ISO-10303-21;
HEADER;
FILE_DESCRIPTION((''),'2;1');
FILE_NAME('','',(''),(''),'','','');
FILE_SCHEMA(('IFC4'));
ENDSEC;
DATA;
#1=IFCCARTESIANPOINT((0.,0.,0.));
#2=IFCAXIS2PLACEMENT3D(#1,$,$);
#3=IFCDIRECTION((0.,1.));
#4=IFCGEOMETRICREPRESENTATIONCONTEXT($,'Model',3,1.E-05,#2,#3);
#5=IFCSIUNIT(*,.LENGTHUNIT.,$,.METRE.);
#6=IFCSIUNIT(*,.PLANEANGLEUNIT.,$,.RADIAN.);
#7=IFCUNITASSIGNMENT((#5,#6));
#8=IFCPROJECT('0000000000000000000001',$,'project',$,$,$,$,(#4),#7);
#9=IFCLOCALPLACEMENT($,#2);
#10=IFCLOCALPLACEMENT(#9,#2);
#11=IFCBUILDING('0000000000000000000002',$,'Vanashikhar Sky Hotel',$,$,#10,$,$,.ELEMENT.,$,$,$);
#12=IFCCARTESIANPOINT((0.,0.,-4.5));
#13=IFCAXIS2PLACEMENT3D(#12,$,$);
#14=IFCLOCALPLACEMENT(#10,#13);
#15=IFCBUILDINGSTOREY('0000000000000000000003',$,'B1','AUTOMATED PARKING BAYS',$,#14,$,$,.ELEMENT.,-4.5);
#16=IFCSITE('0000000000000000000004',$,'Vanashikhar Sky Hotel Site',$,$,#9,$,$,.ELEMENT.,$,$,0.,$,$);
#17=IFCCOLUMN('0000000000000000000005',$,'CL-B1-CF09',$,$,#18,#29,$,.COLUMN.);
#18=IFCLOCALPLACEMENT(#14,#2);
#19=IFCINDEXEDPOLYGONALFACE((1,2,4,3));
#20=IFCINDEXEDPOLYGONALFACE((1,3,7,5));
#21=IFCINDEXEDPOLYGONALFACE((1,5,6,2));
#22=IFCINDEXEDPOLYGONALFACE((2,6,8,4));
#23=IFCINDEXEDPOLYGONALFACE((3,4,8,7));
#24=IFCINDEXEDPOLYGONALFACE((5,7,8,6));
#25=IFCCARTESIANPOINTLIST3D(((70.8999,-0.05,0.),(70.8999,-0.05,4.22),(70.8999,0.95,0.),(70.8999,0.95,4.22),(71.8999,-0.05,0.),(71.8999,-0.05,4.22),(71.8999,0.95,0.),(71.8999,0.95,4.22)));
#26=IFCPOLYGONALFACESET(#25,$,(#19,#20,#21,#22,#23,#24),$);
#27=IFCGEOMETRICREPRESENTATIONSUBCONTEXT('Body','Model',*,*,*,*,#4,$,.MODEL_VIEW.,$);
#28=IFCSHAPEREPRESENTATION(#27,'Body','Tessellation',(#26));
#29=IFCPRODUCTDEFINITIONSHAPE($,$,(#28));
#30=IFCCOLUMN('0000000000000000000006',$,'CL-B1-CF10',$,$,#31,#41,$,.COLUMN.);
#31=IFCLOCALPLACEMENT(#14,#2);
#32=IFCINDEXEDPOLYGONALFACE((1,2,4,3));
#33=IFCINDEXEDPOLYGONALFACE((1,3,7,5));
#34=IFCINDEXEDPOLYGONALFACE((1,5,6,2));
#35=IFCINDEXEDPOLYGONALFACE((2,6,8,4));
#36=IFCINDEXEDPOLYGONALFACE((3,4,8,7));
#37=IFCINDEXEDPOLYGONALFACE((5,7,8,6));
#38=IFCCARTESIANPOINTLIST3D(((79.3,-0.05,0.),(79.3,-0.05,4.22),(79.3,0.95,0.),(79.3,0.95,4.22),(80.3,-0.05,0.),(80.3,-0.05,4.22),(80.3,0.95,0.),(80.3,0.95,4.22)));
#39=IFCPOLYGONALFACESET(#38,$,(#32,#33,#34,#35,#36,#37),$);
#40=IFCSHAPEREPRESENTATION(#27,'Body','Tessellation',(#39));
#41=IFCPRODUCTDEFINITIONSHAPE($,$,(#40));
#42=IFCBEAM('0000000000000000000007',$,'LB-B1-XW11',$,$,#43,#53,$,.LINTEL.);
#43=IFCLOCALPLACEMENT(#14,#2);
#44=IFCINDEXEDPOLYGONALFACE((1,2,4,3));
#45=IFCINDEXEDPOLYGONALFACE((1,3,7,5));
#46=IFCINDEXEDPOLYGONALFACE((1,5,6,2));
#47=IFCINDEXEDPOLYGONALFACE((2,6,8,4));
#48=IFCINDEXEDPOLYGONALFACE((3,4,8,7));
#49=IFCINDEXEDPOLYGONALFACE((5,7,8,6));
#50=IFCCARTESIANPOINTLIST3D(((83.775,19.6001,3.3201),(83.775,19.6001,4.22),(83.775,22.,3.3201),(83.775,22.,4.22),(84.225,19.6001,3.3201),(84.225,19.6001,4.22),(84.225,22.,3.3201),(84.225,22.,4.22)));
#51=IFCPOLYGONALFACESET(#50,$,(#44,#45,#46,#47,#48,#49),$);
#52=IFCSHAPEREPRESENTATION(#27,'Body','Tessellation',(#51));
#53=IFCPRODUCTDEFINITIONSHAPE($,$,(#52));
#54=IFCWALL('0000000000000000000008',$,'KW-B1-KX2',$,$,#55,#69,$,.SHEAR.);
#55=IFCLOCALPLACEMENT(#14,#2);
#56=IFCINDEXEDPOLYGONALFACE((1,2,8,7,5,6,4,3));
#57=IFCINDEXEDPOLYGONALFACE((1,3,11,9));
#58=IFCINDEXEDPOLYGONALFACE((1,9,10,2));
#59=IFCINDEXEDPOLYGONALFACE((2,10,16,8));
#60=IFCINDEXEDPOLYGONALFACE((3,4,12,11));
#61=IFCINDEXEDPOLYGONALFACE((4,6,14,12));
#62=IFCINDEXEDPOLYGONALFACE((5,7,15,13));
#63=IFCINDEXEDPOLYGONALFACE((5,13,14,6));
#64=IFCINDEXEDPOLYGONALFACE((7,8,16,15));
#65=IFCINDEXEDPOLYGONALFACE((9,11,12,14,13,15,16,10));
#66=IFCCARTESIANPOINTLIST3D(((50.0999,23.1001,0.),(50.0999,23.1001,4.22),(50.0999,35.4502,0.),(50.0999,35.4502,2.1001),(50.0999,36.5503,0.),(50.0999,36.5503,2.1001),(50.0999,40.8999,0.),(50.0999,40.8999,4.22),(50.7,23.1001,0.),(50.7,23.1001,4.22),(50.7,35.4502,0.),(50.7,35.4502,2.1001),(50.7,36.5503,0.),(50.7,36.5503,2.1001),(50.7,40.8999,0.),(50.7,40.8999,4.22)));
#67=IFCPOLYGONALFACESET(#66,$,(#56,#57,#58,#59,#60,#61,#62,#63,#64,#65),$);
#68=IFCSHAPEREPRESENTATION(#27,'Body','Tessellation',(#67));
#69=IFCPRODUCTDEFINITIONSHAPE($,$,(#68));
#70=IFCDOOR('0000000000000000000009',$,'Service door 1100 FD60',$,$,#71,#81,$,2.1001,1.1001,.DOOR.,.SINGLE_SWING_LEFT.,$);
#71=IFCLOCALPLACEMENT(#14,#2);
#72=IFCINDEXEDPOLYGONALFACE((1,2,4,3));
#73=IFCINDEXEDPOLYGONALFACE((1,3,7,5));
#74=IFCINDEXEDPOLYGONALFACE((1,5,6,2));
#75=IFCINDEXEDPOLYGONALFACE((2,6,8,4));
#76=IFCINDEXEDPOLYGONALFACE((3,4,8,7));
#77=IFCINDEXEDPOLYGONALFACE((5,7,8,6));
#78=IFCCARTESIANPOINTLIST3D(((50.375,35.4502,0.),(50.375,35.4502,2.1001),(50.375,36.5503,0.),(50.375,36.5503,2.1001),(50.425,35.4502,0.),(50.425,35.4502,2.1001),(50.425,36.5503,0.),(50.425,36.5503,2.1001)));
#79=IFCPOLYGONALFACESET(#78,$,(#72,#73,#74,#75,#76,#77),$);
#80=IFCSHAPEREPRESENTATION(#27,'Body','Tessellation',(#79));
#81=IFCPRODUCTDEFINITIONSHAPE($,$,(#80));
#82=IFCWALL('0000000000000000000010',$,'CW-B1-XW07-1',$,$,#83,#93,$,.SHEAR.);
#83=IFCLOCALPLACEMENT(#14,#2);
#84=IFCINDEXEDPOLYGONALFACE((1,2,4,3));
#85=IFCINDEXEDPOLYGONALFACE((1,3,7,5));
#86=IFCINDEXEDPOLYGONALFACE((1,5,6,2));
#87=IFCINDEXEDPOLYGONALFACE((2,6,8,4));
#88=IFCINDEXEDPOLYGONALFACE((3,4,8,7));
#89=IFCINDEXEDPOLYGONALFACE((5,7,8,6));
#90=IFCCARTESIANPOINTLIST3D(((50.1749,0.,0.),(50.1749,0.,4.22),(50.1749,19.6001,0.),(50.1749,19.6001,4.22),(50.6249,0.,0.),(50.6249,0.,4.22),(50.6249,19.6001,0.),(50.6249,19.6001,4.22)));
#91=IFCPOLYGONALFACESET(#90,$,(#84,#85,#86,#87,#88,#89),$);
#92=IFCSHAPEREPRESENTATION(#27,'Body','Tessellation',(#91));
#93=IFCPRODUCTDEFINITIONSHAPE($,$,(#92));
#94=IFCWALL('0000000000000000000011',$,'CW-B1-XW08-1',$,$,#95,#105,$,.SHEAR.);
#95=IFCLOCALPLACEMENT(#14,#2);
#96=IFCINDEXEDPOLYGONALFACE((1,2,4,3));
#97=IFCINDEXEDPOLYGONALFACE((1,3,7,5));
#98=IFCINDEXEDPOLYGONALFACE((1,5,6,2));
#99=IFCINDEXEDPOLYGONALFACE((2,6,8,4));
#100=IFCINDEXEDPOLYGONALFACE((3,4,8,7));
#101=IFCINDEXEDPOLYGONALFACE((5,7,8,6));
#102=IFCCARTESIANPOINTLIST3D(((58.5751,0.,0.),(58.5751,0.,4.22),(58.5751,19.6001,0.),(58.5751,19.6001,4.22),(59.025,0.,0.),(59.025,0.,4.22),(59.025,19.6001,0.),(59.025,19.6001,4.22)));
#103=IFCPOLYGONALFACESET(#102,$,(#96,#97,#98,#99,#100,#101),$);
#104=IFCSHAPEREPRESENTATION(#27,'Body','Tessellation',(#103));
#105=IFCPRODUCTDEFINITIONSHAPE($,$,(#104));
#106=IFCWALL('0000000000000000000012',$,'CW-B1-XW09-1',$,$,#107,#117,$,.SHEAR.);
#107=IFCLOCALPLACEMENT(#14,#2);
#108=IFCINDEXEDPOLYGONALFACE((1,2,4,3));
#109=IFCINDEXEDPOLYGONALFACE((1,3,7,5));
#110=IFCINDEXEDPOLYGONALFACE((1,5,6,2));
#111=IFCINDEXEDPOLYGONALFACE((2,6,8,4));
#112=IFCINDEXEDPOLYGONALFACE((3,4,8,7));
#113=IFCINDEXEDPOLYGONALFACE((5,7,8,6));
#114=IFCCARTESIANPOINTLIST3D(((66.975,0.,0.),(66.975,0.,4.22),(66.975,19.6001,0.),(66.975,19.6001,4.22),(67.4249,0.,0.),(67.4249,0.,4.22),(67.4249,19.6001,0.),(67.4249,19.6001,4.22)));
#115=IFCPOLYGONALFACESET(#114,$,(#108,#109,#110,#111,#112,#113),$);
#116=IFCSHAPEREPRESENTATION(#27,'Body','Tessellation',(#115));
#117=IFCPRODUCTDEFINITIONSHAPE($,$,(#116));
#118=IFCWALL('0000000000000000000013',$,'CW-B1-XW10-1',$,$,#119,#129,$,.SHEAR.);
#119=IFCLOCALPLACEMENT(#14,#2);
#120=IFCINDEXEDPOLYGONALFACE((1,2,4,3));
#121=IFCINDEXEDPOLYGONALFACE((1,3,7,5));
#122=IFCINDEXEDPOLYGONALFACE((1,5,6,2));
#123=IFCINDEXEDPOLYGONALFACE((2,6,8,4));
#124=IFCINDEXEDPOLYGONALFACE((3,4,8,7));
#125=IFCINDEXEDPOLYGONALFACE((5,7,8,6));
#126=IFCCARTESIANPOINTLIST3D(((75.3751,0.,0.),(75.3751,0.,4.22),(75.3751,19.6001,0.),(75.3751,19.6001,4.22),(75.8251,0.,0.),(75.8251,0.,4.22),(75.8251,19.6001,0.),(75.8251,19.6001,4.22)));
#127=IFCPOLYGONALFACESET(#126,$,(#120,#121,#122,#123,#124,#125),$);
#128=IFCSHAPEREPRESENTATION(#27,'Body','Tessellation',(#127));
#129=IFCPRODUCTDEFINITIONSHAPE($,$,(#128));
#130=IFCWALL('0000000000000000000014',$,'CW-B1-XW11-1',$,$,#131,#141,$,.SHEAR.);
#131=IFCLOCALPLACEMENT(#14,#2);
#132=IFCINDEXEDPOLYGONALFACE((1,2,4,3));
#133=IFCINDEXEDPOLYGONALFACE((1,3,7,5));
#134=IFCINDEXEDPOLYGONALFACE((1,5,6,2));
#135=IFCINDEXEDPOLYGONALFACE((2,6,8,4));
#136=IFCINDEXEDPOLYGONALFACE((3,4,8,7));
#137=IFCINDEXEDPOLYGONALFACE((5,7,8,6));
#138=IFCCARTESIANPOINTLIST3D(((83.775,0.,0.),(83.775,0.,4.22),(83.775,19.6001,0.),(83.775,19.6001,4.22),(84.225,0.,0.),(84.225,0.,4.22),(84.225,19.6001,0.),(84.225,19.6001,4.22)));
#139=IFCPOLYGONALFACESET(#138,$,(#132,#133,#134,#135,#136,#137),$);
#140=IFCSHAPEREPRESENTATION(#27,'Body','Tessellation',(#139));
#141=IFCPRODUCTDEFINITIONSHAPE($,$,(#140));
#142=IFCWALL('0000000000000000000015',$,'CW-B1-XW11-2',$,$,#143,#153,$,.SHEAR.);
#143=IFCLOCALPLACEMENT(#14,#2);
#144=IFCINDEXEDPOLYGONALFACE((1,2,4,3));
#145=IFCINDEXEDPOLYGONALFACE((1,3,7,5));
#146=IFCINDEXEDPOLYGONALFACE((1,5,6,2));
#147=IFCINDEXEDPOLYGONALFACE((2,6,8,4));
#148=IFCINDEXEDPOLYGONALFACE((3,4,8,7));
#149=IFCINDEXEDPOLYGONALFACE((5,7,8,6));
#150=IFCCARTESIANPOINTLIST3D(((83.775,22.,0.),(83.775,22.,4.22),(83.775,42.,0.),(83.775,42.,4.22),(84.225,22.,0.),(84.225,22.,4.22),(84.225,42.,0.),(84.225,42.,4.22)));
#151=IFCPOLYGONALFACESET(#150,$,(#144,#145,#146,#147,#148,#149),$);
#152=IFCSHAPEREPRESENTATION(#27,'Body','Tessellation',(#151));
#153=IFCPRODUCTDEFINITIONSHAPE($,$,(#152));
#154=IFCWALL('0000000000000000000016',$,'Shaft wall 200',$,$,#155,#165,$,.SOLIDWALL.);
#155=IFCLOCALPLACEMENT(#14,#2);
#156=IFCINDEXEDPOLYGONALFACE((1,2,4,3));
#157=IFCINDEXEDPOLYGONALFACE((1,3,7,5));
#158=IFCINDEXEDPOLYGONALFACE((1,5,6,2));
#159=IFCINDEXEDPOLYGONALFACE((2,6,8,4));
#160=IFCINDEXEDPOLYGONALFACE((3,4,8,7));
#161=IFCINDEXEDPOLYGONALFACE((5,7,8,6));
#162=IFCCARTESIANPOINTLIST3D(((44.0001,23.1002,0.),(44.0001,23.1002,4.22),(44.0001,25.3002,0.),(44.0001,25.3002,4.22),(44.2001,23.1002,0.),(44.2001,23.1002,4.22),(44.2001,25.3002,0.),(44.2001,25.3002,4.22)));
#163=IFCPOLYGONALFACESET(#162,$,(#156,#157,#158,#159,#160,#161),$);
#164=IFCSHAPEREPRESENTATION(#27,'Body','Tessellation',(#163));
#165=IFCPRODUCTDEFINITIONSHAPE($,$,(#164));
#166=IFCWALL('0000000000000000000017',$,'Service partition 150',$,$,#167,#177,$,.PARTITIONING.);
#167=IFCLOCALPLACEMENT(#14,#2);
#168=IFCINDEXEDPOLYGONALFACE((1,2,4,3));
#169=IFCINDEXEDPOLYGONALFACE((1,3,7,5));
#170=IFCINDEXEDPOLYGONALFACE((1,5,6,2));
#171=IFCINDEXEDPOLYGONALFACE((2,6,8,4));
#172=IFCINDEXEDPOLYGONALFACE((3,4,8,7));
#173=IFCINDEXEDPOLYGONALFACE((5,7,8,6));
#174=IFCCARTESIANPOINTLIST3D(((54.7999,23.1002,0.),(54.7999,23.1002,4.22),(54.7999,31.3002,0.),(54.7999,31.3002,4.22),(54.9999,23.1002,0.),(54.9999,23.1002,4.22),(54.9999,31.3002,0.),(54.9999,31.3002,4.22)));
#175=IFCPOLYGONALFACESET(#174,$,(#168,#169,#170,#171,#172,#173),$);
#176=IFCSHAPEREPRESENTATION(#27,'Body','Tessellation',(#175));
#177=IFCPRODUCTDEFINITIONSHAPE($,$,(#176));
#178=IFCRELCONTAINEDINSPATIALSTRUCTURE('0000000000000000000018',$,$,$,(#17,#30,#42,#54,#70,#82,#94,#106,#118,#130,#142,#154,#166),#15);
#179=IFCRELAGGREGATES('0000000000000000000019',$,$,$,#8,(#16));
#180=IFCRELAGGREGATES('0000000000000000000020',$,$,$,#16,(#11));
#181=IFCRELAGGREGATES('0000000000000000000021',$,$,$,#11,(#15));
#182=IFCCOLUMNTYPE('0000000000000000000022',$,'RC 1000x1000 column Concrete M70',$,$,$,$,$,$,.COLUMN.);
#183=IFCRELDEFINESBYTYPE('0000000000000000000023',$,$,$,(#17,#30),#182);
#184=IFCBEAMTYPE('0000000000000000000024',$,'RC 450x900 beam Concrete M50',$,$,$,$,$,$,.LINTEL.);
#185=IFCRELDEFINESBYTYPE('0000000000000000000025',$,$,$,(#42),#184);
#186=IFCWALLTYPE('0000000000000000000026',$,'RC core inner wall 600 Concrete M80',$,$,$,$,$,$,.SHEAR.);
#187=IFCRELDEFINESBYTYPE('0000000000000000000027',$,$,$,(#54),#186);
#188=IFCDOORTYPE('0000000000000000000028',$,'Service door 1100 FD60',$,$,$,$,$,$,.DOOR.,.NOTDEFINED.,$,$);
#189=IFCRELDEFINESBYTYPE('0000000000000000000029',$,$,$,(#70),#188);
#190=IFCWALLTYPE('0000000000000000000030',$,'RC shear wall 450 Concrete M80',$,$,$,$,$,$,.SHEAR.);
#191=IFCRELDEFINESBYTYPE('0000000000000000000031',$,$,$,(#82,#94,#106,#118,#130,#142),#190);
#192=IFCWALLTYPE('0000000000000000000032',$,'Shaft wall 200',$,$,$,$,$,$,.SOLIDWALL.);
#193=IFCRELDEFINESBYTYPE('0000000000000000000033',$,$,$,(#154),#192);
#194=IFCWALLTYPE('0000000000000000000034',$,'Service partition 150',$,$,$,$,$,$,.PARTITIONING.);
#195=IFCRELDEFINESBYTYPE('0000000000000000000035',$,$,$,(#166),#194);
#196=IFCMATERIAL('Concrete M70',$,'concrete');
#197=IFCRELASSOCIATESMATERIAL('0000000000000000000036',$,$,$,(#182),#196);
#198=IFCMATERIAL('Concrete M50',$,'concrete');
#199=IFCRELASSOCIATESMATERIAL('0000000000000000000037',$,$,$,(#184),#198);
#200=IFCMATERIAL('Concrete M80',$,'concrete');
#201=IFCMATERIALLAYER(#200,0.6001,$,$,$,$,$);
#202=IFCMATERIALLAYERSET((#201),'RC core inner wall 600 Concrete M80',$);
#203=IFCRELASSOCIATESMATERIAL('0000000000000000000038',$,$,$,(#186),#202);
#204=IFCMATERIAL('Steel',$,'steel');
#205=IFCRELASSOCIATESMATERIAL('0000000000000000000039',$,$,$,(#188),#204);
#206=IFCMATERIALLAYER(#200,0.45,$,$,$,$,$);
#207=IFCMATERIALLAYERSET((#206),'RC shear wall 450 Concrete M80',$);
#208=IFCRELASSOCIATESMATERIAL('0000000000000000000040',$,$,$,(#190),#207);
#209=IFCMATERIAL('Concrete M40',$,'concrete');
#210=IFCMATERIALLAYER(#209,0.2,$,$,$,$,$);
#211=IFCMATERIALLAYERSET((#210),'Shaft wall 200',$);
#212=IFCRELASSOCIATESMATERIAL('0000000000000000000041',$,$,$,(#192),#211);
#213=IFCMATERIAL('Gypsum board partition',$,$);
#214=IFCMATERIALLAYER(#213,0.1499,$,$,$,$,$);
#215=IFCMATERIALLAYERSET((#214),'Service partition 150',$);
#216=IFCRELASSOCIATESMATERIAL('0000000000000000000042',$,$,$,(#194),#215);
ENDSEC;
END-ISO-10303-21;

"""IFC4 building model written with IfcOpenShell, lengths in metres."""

from ifc_helpers import new_model, si_unit, direction, frame, frame_2d, origin, origin_2d, place, context, subcontext, project, spatial, rectangle, extrude, source, transform, mapped, material, layer, layer_set, material_profile, profile_set, type_object, element, fill, save


model = new_model("IFC4")

# Units and contexts
model_context = context("Model", 3, precision=1e-05, world=origin(), true_north=direction((0.0, 1.0)))
body_context = subcontext(model_context, "Body", "Model", "MODEL_VIEW")
ifc_project = project(units=[si_unit("LENGTHUNIT", "METRE"), si_unit("PLANEANGLEUNIT", "RADIAN")], contexts=[model_context])

# Site, building, storey
site_placement = place(None, origin())
site = spatial("IfcSite", under=ifc_project, at=site_placement, Name="Vanashikhar Sky Hotel Site", CompositionType="ELEMENT", RefElevation=0.0)
building_placement = place(site_placement, origin())
building = spatial("IfcBuilding", under=site, at=building_placement, Name="Vanashikhar Sky Hotel", CompositionType="ELEMENT")
storey_placement = place(building_placement, frame((0.0, 0.0, -4.5)))
storey = spatial("IfcBuildingStorey", under=building, at=storey_placement, Name="B1", Description="AUTOMATED PARKING BAYS", CompositionType="ELEMENT", Elevation=-4.5)

# Columns
ifc_material_1 = material(Name="Concrete M70", Category="concrete")
ifc_material_profile_1 = material_profile(ifc_material_1, rectangle(XDim=1.0, YDim=1.0, at=origin_2d()))
ifc_profile_set_1 = profile_set([ifc_material_profile_1], Name="RC 1000x1000 column Concrete M70")
column_type = type_object("IfcColumnType", Name="RC 1000x1000 column Concrete M70", PredefinedType="COLUMN", material=ifc_profile_set_1)
shared_shape_1 = source(origin(), body_context, "Body", "SweptSolid", [
    extrude(rectangle(XDim=1.0, YDim=1.0, at=origin_2d()), origin(), (0.0, 0.0, 1.0), 4.22),
])
for number, where, z_axis, x_axis, name in (
    (1, (71.3999, 0.45, 0.0), (0.0, 0.0, 1.0), (1.0, 0.0, 0.0), "CL-B1-CF09"),
    (2, (79.8, 0.45, 0.0), (0.0, 0.0, 1.0), (1.0, 0.0, 0.0), "CL-B1-CF10"),
):
    element("IfcColumn", number, at=place(storey_placement, frame(where, z_axis=z_axis, x_axis=x_axis)), inside=storey, type_object=column_type, Name=name, PredefinedType="COLUMN", context=body_context, shape_type="MappedRepresentation", body=[
        mapped(shared_shape_1, transform((0.0, 0.0, 0.0), scale=1.0)),
    ])

# Beam
ifc_material_2 = material(Name="Concrete M50", Category="concrete")
ifc_material_profile_2 = material_profile(ifc_material_2, rectangle(XDim=0.45, YDim=0.8999, at=origin_2d()))
ifc_profile_set_2 = profile_set([ifc_material_profile_2], Name="RC 450x900 beam Concrete M50")
beam_type = type_object("IfcBeamType", Name="RC 450x900 beam Concrete M50", PredefinedType="LINTEL", material=ifc_profile_set_2)
shared_shape_2 = source(origin(), body_context, "Body", "SweptSolid", [
    extrude(rectangle(XDim=0.45, YDim=0.8999, at=origin_2d()), origin(), (0.0, 0.0, 1.0), 2.3999),
])
beam_placement = place(storey_placement, frame((84.0, 19.6001, 3.77), z_axis=(0.0, 1.0, 0.0), x_axis=(-1.0, 0.0, 0.0)))
element("IfcBeam", 3, at=beam_placement, inside=storey, type_object=beam_type, Name="LB-B1-XW11", PredefinedType="LINTEL", context=body_context, shape_type="MappedRepresentation", body=[
    mapped(shared_shape_2, transform((0.0, 0.0, 0.0), scale=1.0)),
])

# Wall, opening, door
ifc_material_3 = material(Name="Concrete M80", Category="concrete")
ifc_layer_1 = layer(ifc_material_3, 0.6001)
ifc_layer_set_1 = layer_set([ifc_layer_1], Name="RC core inner wall 600 Concrete M80")
wall_type_1 = type_object("IfcWallType", Name="RC core inner wall 600 Concrete M80", PredefinedType="SHEAR", material=ifc_layer_set_1)
shared_shape_3 = source(origin(), body_context, "Body", "SweptSolid", [
    extrude(rectangle(XDim=17.7998, YDim=0.6001, at=frame_2d((8.8999, 0.0))), origin(), (0.0, 0.0, 1.0), 4.22),
])
wall_1_placement = place(storey_placement, frame((50.3999, 23.1001, 0.0), z_axis=(0.0, 0.0, 1.0), x_axis=(0.0, 1.0, 0.0)))
wall_1 = element("IfcWall", 4, at=wall_1_placement, inside=storey, type_object=wall_type_1, Name="KW-B1-KX2", PredefinedType="SHEAR", context=body_context, shape_type="MappedRepresentation", body=[
    mapped(shared_shape_3, transform((0.0, 0.0, 0.0), scale=1.0)),
])
shared_shape_4 = source(origin(), body_context, "Body", "SweptSolid", [
    extrude(rectangle(XDim=1.1001, YDim=2.1001, at=frame_2d((0.55, 1.05))), frame((0.0, 0.3101, 0.0), z_axis=(0.0, -1.0, 0.0), x_axis=(1.0, 0.0, 0.0)), (0.0, 0.0, 1.0), 0.6201),
])
opening_1_placement = place(wall_1_placement, frame((12.3501, 0.0, 0.0)))
opening_1 = element("IfcOpeningElement", 5, at=opening_1_placement, cuts=wall_1, PredefinedType="OPENING", context=body_context, shape_type="MappedRepresentation", body=[
    mapped(shared_shape_4, transform((0.0, 0.0, 0.0), scale=1.0)),
])
ifc_material_4 = material(Name="Steel", Category="steel")
door_type_1 = type_object("IfcDoorType", Name="Service door 1100 FD60", OperationType="NOTDEFINED", PredefinedType="DOOR", material=ifc_material_4)
shared_shape_5 = source(origin(), body_context, "Body", "SweptSolid", [
    extrude(rectangle(XDim=1.1001, YDim=2.1001, at=frame_2d((0.55, 1.05))), frame((0.0, 0.0249, 0.0), z_axis=(0.0, -1.0, 0.0), x_axis=(1.0, 0.0, 0.0)), (0.0, 0.0, 1.0), 0.05),
])
door_1_placement = place(opening_1_placement, origin())
door_1 = element("IfcDoor", 6, at=door_1_placement, inside=storey, type_object=door_type_1, Name="Service door 1100 FD60", OperationType="SINGLE_SWING_LEFT", OverallHeight=2.1001, OverallWidth=1.1001, PredefinedType="DOOR", context=body_context, shape_type="MappedRepresentation", body=[
    mapped(shared_shape_5, transform((0.0, 0.0, 0.0), scale=1.0)),
])
fill(opening_1, door_1)

# Walls
ifc_layer_2 = layer(ifc_material_3, 0.45)
ifc_layer_set_2 = layer_set([ifc_layer_2], Name="RC shear wall 450 Concrete M80")
wall_type_2 = type_object("IfcWallType", Name="RC shear wall 450 Concrete M80", PredefinedType="SHEAR", material=ifc_layer_set_2)
shared_shape_6 = source(origin(), body_context, "Body", "SweptSolid", [
    extrude(rectangle(XDim=19.6001, YDim=0.45, at=frame_2d((9.8, 0.0))), origin(), (0.0, 0.0, 1.0), 4.22),
])
for number, where, z_axis, x_axis, name in (
    (7, (50.3999, 0.0, 0.0), (0.0, 0.0, 1.0), (0.0, 1.0, 0.0), "CW-B1-XW07-1"),
    (8, (58.8, 0.0, 0.0), (0.0, 0.0, 1.0), (0.0, 1.0, 0.0), "CW-B1-XW08-1"),
    (9, (67.2, 0.0, 0.0), (0.0, 0.0, 1.0), (0.0, 1.0, 0.0), "CW-B1-XW09-1"),
    (10, (75.6001, 0.0, 0.0), (0.0, 0.0, 1.0), (0.0, 1.0, 0.0), "CW-B1-XW10-1"),
    (11, (84.0, 0.0, 0.0), (0.0, 0.0, 1.0), (0.0, 1.0, 0.0), "CW-B1-XW11-1"),
):
    element("IfcWall", number, at=place(storey_placement, frame(where, z_axis=z_axis, x_axis=x_axis)), inside=storey, type_object=wall_type_2, Name=name, PredefinedType="SHEAR", context=body_context, shape_type="MappedRepresentation", body=[
        mapped(shared_shape_6, transform((0.0, 0.0, 0.0), scale=1.0)),
    ])
shared_shape_7 = source(origin(), body_context, "Body", "SweptSolid", [
    extrude(rectangle(XDim=20.0, YDim=0.45, at=frame_2d((10.0, 0.0))), origin(), (0.0, 0.0, 1.0), 4.22),
])
wall_2_placement = place(storey_placement, frame((84.0, 22.0, 0.0), z_axis=(0.0, 0.0, 1.0), x_axis=(0.0, 1.0, 0.0)))
element("IfcWall", 12, at=wall_2_placement, inside=storey, type_object=wall_type_2, Name="CW-B1-XW11-2", PredefinedType="SHEAR", context=body_context, shape_type="MappedRepresentation", body=[
    mapped(shared_shape_7, transform((0.0, 0.0, 0.0), scale=1.0)),
])
ifc_material_5 = material(Name="Concrete M40", Category="concrete")
ifc_layer_3 = layer(ifc_material_5, 0.2)
ifc_layer_set_3 = layer_set([ifc_layer_3], Name="Shaft wall 200")
wall_type_3 = type_object("IfcWallType", Name="Shaft wall 200", PredefinedType="SOLIDWALL", material=ifc_layer_set_3)
shared_shape_8 = source(origin(), body_context, "Body", "SweptSolid", [
    extrude(rectangle(XDim=2.2, YDim=0.2, at=frame_2d((1.1001, 0.0))), origin(), (0.0, 0.0, 1.0), 4.22),
])
wall_3_placement = place(storey_placement, frame((44.1001, 23.1001, 0.0), z_axis=(0.0, 0.0, 1.0), x_axis=(0.0, 1.0, 0.0)))
element("IfcWall", 13, at=wall_3_placement, inside=storey, type_object=wall_type_3, Name="Shaft wall 200", PredefinedType="SOLIDWALL", context=body_context, shape_type="MappedRepresentation", body=[
    mapped(shared_shape_8, transform((0.0, 0.0, 0.0), scale=1.0)),
])
ifc_material_6 = material(Name="Gypsum board partition")
ifc_layer_4 = layer(ifc_material_6, 0.1499)
ifc_layer_set_4 = layer_set([ifc_layer_4], Name="Service partition 150")
wall_type_4 = type_object("IfcWallType", Name="Service partition 150", PredefinedType="PARTITIONING", material=ifc_layer_set_4)
shared_shape_9 = source(origin(), body_context, "Body", "SweptSolid", [
    extrude(rectangle(XDim=8.2, YDim=0.2, at=frame_2d((4.1001, 0.0))), origin(), (0.0, 0.0, 1.0), 4.22),
])
for number, where, z_axis, x_axis, name in (
    (14, (54.8999, 23.1001, 0.0), (0.0, 0.0, 1.0), (0.0, 1.0, 0.0), "Service partition 150"),
):
    element("IfcWall", number, at=place(storey_placement, frame(where, z_axis=z_axis, x_axis=x_axis)), inside=storey, type_object=wall_type_4, Name=name, PredefinedType="PARTITIONING", context=body_context, shape_type="MappedRepresentation", body=[
        mapped(shared_shape_9, transform((0.0, 0.0, 0.0), scale=1.0)),
    ])

save(model, "model.ifc")
